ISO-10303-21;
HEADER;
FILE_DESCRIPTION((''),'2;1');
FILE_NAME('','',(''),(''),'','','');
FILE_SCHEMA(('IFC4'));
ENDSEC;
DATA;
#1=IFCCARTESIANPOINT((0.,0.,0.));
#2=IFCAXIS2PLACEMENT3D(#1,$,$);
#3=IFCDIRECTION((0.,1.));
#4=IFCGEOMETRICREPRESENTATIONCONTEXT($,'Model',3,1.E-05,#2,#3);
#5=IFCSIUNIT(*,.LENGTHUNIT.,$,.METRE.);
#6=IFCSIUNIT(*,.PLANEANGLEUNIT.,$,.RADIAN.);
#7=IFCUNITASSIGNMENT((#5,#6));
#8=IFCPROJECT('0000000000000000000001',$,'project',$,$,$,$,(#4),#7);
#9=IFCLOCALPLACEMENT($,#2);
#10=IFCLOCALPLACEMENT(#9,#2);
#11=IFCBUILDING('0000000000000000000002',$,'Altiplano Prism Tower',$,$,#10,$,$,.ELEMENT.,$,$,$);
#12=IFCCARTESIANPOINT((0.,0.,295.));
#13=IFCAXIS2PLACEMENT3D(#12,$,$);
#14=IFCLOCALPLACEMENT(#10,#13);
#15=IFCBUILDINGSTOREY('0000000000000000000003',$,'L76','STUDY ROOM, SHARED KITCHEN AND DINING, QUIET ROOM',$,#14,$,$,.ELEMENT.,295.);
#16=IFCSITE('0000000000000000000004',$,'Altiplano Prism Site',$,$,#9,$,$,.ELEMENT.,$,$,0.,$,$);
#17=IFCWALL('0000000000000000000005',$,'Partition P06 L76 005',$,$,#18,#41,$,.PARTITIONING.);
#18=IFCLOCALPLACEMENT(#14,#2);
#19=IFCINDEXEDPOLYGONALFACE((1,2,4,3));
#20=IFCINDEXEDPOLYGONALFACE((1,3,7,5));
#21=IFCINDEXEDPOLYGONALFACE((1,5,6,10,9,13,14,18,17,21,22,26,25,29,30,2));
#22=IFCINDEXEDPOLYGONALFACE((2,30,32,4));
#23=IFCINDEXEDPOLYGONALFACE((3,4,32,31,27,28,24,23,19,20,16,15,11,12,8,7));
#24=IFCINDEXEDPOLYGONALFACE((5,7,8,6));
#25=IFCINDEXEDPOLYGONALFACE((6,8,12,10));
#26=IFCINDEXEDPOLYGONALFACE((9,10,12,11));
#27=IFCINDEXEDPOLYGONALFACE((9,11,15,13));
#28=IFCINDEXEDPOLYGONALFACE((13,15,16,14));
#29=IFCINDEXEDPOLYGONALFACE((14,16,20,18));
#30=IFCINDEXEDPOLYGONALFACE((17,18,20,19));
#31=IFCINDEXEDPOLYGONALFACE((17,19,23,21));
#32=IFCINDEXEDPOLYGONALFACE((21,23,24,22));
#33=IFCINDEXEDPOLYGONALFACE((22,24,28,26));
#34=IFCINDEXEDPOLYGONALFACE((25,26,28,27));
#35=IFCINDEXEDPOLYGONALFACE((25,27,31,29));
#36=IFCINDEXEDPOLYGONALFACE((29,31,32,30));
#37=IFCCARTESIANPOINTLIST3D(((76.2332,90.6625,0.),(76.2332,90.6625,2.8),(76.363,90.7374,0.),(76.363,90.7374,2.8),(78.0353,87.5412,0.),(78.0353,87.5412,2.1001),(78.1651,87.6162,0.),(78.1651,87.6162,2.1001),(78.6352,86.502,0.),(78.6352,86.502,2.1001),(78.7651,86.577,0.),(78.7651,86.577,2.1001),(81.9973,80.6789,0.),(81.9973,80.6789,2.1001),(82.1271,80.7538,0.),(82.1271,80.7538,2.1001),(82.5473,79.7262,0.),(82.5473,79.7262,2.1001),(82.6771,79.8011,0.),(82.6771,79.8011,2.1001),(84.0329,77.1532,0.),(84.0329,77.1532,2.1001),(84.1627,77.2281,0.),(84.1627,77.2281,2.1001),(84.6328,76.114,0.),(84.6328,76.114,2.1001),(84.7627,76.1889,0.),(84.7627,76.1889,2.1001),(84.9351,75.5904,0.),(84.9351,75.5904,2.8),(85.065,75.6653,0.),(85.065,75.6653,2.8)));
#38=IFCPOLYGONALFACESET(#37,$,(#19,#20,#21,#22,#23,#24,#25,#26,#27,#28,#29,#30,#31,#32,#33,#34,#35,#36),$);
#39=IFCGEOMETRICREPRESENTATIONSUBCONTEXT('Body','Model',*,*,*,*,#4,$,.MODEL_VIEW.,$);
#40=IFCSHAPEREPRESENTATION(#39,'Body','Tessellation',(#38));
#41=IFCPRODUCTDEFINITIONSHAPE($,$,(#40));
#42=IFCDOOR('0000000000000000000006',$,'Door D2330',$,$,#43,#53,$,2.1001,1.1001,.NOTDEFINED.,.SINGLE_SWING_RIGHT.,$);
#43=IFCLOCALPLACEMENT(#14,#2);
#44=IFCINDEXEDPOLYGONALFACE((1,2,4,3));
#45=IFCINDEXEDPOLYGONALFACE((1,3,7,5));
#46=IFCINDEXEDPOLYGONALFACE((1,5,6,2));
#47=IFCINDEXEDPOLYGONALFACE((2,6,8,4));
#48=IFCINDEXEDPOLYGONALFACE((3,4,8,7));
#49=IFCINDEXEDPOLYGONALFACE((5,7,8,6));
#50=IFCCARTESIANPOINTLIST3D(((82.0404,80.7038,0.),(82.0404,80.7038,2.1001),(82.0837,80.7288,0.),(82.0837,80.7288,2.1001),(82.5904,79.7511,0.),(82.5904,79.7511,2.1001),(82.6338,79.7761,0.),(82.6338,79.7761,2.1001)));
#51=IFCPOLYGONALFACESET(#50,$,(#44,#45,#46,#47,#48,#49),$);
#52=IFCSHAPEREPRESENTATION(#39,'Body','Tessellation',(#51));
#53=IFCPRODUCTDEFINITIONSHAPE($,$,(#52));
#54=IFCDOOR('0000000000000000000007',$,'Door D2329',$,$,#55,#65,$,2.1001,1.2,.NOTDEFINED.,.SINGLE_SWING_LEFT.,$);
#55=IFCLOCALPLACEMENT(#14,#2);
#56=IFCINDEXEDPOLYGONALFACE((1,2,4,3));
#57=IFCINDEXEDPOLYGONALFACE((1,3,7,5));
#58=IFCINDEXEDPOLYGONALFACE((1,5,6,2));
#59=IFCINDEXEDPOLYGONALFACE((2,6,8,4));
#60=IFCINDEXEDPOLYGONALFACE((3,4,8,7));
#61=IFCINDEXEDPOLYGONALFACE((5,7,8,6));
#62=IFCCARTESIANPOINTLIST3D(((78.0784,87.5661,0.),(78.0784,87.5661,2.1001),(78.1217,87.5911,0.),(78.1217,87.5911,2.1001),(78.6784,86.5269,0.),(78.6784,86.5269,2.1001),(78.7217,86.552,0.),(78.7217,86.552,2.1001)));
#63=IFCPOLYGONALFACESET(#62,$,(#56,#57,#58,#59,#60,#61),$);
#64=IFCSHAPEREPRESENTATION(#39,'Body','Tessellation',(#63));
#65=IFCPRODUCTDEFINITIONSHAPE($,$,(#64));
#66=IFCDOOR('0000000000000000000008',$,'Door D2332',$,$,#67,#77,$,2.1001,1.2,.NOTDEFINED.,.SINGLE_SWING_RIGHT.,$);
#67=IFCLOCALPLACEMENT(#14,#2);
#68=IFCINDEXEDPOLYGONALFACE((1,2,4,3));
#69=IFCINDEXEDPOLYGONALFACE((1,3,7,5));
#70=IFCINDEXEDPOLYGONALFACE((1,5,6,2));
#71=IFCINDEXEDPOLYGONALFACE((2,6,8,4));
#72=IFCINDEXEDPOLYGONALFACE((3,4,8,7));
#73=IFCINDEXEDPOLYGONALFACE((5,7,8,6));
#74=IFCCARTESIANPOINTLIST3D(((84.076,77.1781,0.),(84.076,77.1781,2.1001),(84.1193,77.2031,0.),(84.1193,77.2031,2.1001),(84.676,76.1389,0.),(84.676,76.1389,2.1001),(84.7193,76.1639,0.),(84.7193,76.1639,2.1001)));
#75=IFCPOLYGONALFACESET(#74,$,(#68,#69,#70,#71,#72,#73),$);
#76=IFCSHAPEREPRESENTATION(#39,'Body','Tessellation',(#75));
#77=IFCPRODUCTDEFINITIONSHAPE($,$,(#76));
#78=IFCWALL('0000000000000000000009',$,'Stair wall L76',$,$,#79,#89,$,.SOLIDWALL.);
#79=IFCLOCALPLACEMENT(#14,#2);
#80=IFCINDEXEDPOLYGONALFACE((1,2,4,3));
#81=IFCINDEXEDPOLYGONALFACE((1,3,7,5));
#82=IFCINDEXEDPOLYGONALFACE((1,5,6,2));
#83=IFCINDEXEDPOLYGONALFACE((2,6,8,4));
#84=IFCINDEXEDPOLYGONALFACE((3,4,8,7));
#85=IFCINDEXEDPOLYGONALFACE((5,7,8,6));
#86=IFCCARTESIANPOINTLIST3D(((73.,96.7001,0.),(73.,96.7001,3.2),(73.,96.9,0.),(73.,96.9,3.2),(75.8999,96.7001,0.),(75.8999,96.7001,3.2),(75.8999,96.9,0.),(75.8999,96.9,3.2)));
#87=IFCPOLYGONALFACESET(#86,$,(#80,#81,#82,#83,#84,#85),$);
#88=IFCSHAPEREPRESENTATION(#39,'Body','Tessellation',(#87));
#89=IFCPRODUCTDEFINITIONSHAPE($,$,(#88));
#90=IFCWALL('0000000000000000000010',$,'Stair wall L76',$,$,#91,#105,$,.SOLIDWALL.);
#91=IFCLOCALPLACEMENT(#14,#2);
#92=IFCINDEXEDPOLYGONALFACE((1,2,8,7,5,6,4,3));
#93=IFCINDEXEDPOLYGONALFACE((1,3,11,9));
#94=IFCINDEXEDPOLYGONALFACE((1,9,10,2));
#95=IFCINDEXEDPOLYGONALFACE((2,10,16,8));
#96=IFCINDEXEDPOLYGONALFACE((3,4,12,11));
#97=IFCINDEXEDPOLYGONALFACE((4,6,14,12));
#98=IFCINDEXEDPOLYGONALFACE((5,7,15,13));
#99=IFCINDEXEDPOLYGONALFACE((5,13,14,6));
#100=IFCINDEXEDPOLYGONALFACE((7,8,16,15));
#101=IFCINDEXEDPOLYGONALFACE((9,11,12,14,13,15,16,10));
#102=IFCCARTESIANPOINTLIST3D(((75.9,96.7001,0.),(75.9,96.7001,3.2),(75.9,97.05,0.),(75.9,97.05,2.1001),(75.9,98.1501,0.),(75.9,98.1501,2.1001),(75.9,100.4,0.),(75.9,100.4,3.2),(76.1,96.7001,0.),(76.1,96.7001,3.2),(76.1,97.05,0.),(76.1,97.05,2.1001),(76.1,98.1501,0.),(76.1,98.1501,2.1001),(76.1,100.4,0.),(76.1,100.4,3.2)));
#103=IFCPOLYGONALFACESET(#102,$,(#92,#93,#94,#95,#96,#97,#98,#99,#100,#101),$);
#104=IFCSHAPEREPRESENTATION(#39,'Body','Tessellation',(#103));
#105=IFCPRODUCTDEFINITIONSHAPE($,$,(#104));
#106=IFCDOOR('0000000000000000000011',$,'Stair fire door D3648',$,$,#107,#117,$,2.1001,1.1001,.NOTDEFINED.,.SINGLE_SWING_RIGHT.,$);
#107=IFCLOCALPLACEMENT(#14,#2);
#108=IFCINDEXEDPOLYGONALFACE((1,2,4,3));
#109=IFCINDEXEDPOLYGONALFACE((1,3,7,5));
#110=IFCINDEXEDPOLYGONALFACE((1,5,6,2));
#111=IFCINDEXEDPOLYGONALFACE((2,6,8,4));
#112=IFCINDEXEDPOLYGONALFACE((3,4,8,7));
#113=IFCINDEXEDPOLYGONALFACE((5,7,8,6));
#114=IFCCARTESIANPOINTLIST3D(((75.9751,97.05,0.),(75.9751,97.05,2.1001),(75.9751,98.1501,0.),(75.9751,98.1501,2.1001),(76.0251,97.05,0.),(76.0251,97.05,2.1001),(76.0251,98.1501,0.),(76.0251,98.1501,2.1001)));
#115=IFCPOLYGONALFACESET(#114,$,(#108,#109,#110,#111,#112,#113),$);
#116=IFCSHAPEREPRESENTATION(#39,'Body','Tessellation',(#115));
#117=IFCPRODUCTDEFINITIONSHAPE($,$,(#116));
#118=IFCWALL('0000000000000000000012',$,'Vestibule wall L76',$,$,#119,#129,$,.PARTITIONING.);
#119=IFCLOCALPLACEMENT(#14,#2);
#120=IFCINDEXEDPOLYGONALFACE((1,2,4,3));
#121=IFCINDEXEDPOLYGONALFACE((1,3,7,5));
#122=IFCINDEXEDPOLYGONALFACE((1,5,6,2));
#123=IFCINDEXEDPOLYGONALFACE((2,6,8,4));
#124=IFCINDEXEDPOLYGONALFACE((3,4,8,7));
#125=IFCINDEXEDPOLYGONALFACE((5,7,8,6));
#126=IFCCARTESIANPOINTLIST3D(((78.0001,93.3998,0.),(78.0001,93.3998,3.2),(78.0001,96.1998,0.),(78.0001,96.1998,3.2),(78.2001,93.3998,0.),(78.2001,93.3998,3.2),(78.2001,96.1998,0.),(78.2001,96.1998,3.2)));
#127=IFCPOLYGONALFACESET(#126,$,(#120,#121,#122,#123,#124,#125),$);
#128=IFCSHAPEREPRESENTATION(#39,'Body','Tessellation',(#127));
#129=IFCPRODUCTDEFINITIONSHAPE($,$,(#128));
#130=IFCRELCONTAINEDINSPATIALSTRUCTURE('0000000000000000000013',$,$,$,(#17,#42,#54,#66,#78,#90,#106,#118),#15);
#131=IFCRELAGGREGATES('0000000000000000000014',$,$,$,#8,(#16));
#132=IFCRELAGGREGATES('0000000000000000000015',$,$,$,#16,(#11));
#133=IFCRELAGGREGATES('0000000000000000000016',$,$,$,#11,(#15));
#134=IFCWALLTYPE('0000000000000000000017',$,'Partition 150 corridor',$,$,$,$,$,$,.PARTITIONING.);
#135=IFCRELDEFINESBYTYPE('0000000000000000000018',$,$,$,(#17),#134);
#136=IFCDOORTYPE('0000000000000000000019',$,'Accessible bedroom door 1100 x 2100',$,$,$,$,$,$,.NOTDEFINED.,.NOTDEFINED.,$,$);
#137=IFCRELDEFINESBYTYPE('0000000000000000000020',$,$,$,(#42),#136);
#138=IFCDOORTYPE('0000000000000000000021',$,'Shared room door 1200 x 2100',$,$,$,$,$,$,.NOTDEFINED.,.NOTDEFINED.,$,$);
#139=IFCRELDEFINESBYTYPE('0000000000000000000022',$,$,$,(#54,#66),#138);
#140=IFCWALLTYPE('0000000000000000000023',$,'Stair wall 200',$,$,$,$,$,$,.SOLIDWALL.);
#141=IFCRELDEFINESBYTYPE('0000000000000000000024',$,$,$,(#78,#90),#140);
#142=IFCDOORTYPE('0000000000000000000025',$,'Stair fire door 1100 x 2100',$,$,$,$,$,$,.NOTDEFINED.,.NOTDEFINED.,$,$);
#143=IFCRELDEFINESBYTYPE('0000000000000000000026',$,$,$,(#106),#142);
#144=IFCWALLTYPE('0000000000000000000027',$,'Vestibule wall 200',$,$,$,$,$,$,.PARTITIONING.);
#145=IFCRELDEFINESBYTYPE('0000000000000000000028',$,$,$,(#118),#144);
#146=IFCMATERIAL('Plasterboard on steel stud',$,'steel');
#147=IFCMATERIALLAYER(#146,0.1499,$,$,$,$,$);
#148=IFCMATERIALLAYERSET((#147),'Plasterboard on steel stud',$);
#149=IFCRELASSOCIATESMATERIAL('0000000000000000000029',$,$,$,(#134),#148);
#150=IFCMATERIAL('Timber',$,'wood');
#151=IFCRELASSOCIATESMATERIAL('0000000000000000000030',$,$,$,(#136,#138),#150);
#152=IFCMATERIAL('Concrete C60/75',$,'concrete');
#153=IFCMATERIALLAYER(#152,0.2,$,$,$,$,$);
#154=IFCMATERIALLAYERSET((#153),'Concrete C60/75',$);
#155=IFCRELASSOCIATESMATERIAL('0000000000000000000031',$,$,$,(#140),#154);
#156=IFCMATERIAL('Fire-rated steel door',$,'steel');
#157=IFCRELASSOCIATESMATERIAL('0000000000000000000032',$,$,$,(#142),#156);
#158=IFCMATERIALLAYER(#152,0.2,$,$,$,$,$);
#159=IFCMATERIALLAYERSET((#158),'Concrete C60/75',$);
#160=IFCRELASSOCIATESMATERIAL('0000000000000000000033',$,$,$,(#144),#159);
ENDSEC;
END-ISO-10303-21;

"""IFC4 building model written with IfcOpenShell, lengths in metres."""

from ifc_helpers import new_model, si_unit, direction, frame, frame_2d, origin, place, context, subcontext, project, spatial, rectangle, extrude, material, layer, layer_set, type_object, element, fill, save


model = new_model("IFC4")

# Units and contexts
model_context = context("Model", 3, precision=1e-05, world=origin(), true_north=direction((0.0, 1.0)))
body_context = subcontext(model_context, "Body", "Model", "MODEL_VIEW")
ifc_project = project(units=[si_unit("LENGTHUNIT", "METRE"), si_unit("PLANEANGLEUNIT", "RADIAN")], contexts=[model_context])

# Site, building, storey
site_placement = place(None, origin())
site = spatial("IfcSite", under=ifc_project, at=site_placement, Name="Altiplano Prism Site", CompositionType="ELEMENT", RefElevation=0.0)
building_placement = place(site_placement, origin())
building = spatial("IfcBuilding", under=site, at=building_placement, Name="Altiplano Prism Tower", CompositionType="ELEMENT")
storey_placement = place(building_placement, frame((0.0, 0.0, 295.0)))
storey = spatial("IfcBuildingStorey", under=building, at=storey_placement, Name="L76", Description="STUDY ROOM, SHARED KITCHEN AND DINING, QUIET ROOM", CompositionType="ELEMENT", Elevation=295.0)

# Shared definitions
ifc_material_1 = material(Name="Concrete C60/75", Category="concrete")

# Wall, openings, doors
ifc_material_2 = material(Name="Fire-rated steel door", Category="steel")
ifc_material_3 = material(Name="Plasterboard on steel stud", Category="steel")
ifc_layer_1 = layer(ifc_material_3, 0.1499)
ifc_layer_set_1 = layer_set([ifc_layer_1], Name="Plasterboard on steel stud")
wall_type_1 = type_object("IfcWallType", Name="Partition 150 corridor", PredefinedType="PARTITIONING", material=ifc_layer_set_1)
wall_1_placement = place(storey_placement, frame((76.2981, 90.7, 0.0), z_axis=(0.0, 0.0, 1.0), x_axis=(0.500003, -0.866024, 0.0)))
wall_1 = element("IfcWall", 1, at=wall_1_placement, inside=storey, type_object=wall_type_1, Name="Partition P06 L76 005", PredefinedType="PARTITIONING", context=body_context, shape_type="SweptSolid", body=[
    extrude(rectangle(XDim=17.4038, YDim=0.1499, at=frame_2d((8.7019, 0.0))), origin(), (0.0, 0.0, 1.0), 2.8),
])
opening_1_placement = place(wall_1_placement, frame((3.604, 0.0, 0.0)))
opening_1 = element("IfcOpeningElement", 2, at=opening_1_placement, cuts=wall_1, PredefinedType="OPENING", context=body_context, shape_type="SweptSolid", body=[
    extrude(rectangle(XDim=1.2, YDim=2.1001, at=frame_2d((0.6001, 1.05))), frame((0.0, 0.0854, 0.0), z_axis=(0.0, -1.0, 0.0), x_axis=(1.0, 0.0, 0.0)), (0.0, 0.0, 1.0), 0.1709),
])
opening_2_placement = place(wall_1_placement, frame((11.5281, 0.0, 0.0)))
opening_2 = element("IfcOpeningElement", 3, at=opening_2_placement, cuts=wall_1, PredefinedType="OPENING", context=body_context, shape_type="SweptSolid", body=[
    extrude(rectangle(XDim=1.1001, YDim=2.1001, at=frame_2d((0.55, 1.05))), frame((0.0, 0.0854, 0.0), z_axis=(0.0, -1.0, 0.0), x_axis=(1.0, 0.0, 0.0)), (0.0, 0.0, 1.0), 0.1709),
])
opening_3_placement = place(wall_1_placement, frame((15.5991, 0.0, 0.0)))
opening_3 = element("IfcOpeningElement", 4, at=opening_3_placement, cuts=wall_1, PredefinedType="OPENING", context=body_context, shape_type="SweptSolid", body=[
    extrude(rectangle(XDim=1.2, YDim=2.1001, at=frame_2d((0.6001, 1.05))), frame((0.0, 0.0854, 0.0), z_axis=(0.0, -1.0, 0.0), x_axis=(1.0, 0.0, 0.0)), (0.0, 0.0, 1.0), 0.1709),
])
ifc_material_4 = material(Name="Timber", Category="wood")
door_type_1 = type_object("IfcDoorType", Name="Accessible bedroom door 1100 x 2100", OperationType="NOTDEFINED", PredefinedType="NOTDEFINED", material=ifc_material_4)
door_1_placement = place(opening_2_placement, origin())
door_1 = element("IfcDoor", 5, at=door_1_placement, inside=storey, type_object=door_type_1, Name="Door D2330", OperationType="SINGLE_SWING_RIGHT", OverallHeight=2.1001, OverallWidth=1.1001, PredefinedType="NOTDEFINED", context=body_context, shape_type="SweptSolid", body=[
    extrude(rectangle(XDim=1.1001, YDim=2.1001, at=frame_2d((0.55, 1.05))), frame((0.0, 0.0249, 0.0), z_axis=(0.0, -1.0, 0.0), x_axis=(1.0, 0.0, 0.0)), (0.0, 0.0, 1.0), 0.05),
])
fill(opening_2, door_1)
door_type_2 = type_object("IfcDoorType", Name="Shared room door 1200 x 2100", OperationType="NOTDEFINED", PredefinedType="NOTDEFINED", material=ifc_material_4)
door_2_placement = place(opening_1_placement, origin())
door_2 = element("IfcDoor", 6, at=door_2_placement, inside=storey, type_object=door_type_2, Name="Door D2329", OperationType="SINGLE_SWING_LEFT", OverallHeight=2.1001, OverallWidth=1.2, PredefinedType="NOTDEFINED", context=body_context, shape_type="SweptSolid", body=[
    extrude(rectangle(XDim=1.2, YDim=2.1001, at=frame_2d((0.6001, 1.05))), frame((0.0, 0.0249, 0.0), z_axis=(0.0, -1.0, 0.0), x_axis=(1.0, 0.0, 0.0)), (0.0, 0.0, 1.0), 0.05),
])
fill(opening_1, door_2)
door_3_placement = place(opening_3_placement, origin())
door_3 = element("IfcDoor", 7, at=door_3_placement, inside=storey, type_object=door_type_2, Name="Door D2332", OperationType="SINGLE_SWING_RIGHT", OverallHeight=2.1001, OverallWidth=1.2, PredefinedType="NOTDEFINED", context=body_context, shape_type="SweptSolid", body=[
    extrude(rectangle(XDim=1.2, YDim=2.1001, at=frame_2d((0.6001, 1.05))), frame((0.0, 0.0249, 0.0), z_axis=(0.0, -1.0, 0.0), x_axis=(1.0, 0.0, 0.0)), (0.0, 0.0, 1.0), 0.05),
])
fill(opening_3, door_3)

# Wall
ifc_layer_2 = layer(ifc_material_1, 0.2)
ifc_layer_set_2 = layer_set([ifc_layer_2], Name="Concrete C60/75")
wall_type_2 = type_object("IfcWallType", Name="Stair wall 200", PredefinedType="SOLIDWALL", material=ifc_layer_set_2)
wall_2_placement = place(storey_placement, frame((73.0, 96.8, 0.0), z_axis=(0.0, 0.0, 1.0), x_axis=(1.0, 0.0, 0.0)))
element("IfcWall", 8, at=wall_2_placement, inside=storey, type_object=wall_type_2, Name="Stair wall L76", PredefinedType="SOLIDWALL", context=body_context, shape_type="SweptSolid", body=[
    extrude(rectangle(XDim=2.8999, YDim=0.2, at=frame_2d((1.45, 0.0))), origin(), (0.0, 0.0, 1.0), 3.2),
])

# Wall, opening, door
wall_3_placement = place(storey_placement, frame((76.0, 96.7, 0.0), z_axis=(0.0, 0.0, 1.0), x_axis=(0.0, 1.0, 0.0)))
wall_3 = element("IfcWall", 9, at=wall_3_placement, inside=storey, type_object=wall_type_2, Name="Stair wall L76", PredefinedType="SOLIDWALL", context=body_context, shape_type="SweptSolid", body=[
    extrude(rectangle(XDim=3.7, YDim=0.2, at=frame_2d((1.8501, 0.0))), origin(), (0.0, 0.0, 1.0), 3.2),
])
opening_4_placement = place(wall_3_placement, frame((0.3501, 0.0, 0.0)))
opening_4 = element("IfcOpeningElement", 10, at=opening_4_placement, cuts=wall_3, PredefinedType="OPENING", context=body_context, shape_type="SweptSolid", body=[
    extrude(rectangle(XDim=1.1001, YDim=2.1001, at=frame_2d((0.55, 1.05))), frame((0.0, 0.1104, 0.0), z_axis=(0.0, -1.0, 0.0), x_axis=(1.0, 0.0, 0.0)), (0.0, 0.0, 1.0), 0.2209),
])
door_type_3 = type_object("IfcDoorType", Name="Stair fire door 1100 x 2100", OperationType="NOTDEFINED", PredefinedType="NOTDEFINED", material=ifc_material_2)
door_4_placement = place(opening_4_placement, origin())
door_4 = element("IfcDoor", 11, at=door_4_placement, inside=storey, type_object=door_type_3, Name="Stair fire door D3648", OperationType="SINGLE_SWING_RIGHT", OverallHeight=2.1001, OverallWidth=1.1001, PredefinedType="NOTDEFINED", context=body_context, shape_type="SweptSolid", body=[
    extrude(rectangle(XDim=1.1001, YDim=2.1001, at=frame_2d((0.55, 1.05))), frame((0.0, 0.0249, 0.0), z_axis=(0.0, -1.0, 0.0), x_axis=(1.0, 0.0, 0.0)), (0.0, 0.0, 1.0), 0.05),
])
fill(opening_4, door_4)

# Wall
ifc_layer_3 = layer(ifc_material_1, 0.2)
ifc_layer_set_3 = layer_set([ifc_layer_3], Name="Concrete C60/75")
wall_type_3 = type_object("IfcWallType", Name="Vestibule wall 200", PredefinedType="PARTITIONING", material=ifc_layer_set_3)
wall_4_placement = place(storey_placement, frame((78.1001, 93.3999, 0.0), z_axis=(0.0, 0.0, 1.0), x_axis=(0.0, 1.0, 0.0)))
element("IfcWall", 12, at=wall_4_placement, inside=storey, type_object=wall_type_3, Name="Vestibule wall L76", PredefinedType="PARTITIONING", context=body_context, shape_type="SweptSolid", body=[
    extrude(rectangle(XDim=2.8, YDim=0.2, at=frame_2d((1.3999, 0.0))), origin(), (0.0, 0.0, 1.0), 3.2),
])

save(model, "model.ifc")
